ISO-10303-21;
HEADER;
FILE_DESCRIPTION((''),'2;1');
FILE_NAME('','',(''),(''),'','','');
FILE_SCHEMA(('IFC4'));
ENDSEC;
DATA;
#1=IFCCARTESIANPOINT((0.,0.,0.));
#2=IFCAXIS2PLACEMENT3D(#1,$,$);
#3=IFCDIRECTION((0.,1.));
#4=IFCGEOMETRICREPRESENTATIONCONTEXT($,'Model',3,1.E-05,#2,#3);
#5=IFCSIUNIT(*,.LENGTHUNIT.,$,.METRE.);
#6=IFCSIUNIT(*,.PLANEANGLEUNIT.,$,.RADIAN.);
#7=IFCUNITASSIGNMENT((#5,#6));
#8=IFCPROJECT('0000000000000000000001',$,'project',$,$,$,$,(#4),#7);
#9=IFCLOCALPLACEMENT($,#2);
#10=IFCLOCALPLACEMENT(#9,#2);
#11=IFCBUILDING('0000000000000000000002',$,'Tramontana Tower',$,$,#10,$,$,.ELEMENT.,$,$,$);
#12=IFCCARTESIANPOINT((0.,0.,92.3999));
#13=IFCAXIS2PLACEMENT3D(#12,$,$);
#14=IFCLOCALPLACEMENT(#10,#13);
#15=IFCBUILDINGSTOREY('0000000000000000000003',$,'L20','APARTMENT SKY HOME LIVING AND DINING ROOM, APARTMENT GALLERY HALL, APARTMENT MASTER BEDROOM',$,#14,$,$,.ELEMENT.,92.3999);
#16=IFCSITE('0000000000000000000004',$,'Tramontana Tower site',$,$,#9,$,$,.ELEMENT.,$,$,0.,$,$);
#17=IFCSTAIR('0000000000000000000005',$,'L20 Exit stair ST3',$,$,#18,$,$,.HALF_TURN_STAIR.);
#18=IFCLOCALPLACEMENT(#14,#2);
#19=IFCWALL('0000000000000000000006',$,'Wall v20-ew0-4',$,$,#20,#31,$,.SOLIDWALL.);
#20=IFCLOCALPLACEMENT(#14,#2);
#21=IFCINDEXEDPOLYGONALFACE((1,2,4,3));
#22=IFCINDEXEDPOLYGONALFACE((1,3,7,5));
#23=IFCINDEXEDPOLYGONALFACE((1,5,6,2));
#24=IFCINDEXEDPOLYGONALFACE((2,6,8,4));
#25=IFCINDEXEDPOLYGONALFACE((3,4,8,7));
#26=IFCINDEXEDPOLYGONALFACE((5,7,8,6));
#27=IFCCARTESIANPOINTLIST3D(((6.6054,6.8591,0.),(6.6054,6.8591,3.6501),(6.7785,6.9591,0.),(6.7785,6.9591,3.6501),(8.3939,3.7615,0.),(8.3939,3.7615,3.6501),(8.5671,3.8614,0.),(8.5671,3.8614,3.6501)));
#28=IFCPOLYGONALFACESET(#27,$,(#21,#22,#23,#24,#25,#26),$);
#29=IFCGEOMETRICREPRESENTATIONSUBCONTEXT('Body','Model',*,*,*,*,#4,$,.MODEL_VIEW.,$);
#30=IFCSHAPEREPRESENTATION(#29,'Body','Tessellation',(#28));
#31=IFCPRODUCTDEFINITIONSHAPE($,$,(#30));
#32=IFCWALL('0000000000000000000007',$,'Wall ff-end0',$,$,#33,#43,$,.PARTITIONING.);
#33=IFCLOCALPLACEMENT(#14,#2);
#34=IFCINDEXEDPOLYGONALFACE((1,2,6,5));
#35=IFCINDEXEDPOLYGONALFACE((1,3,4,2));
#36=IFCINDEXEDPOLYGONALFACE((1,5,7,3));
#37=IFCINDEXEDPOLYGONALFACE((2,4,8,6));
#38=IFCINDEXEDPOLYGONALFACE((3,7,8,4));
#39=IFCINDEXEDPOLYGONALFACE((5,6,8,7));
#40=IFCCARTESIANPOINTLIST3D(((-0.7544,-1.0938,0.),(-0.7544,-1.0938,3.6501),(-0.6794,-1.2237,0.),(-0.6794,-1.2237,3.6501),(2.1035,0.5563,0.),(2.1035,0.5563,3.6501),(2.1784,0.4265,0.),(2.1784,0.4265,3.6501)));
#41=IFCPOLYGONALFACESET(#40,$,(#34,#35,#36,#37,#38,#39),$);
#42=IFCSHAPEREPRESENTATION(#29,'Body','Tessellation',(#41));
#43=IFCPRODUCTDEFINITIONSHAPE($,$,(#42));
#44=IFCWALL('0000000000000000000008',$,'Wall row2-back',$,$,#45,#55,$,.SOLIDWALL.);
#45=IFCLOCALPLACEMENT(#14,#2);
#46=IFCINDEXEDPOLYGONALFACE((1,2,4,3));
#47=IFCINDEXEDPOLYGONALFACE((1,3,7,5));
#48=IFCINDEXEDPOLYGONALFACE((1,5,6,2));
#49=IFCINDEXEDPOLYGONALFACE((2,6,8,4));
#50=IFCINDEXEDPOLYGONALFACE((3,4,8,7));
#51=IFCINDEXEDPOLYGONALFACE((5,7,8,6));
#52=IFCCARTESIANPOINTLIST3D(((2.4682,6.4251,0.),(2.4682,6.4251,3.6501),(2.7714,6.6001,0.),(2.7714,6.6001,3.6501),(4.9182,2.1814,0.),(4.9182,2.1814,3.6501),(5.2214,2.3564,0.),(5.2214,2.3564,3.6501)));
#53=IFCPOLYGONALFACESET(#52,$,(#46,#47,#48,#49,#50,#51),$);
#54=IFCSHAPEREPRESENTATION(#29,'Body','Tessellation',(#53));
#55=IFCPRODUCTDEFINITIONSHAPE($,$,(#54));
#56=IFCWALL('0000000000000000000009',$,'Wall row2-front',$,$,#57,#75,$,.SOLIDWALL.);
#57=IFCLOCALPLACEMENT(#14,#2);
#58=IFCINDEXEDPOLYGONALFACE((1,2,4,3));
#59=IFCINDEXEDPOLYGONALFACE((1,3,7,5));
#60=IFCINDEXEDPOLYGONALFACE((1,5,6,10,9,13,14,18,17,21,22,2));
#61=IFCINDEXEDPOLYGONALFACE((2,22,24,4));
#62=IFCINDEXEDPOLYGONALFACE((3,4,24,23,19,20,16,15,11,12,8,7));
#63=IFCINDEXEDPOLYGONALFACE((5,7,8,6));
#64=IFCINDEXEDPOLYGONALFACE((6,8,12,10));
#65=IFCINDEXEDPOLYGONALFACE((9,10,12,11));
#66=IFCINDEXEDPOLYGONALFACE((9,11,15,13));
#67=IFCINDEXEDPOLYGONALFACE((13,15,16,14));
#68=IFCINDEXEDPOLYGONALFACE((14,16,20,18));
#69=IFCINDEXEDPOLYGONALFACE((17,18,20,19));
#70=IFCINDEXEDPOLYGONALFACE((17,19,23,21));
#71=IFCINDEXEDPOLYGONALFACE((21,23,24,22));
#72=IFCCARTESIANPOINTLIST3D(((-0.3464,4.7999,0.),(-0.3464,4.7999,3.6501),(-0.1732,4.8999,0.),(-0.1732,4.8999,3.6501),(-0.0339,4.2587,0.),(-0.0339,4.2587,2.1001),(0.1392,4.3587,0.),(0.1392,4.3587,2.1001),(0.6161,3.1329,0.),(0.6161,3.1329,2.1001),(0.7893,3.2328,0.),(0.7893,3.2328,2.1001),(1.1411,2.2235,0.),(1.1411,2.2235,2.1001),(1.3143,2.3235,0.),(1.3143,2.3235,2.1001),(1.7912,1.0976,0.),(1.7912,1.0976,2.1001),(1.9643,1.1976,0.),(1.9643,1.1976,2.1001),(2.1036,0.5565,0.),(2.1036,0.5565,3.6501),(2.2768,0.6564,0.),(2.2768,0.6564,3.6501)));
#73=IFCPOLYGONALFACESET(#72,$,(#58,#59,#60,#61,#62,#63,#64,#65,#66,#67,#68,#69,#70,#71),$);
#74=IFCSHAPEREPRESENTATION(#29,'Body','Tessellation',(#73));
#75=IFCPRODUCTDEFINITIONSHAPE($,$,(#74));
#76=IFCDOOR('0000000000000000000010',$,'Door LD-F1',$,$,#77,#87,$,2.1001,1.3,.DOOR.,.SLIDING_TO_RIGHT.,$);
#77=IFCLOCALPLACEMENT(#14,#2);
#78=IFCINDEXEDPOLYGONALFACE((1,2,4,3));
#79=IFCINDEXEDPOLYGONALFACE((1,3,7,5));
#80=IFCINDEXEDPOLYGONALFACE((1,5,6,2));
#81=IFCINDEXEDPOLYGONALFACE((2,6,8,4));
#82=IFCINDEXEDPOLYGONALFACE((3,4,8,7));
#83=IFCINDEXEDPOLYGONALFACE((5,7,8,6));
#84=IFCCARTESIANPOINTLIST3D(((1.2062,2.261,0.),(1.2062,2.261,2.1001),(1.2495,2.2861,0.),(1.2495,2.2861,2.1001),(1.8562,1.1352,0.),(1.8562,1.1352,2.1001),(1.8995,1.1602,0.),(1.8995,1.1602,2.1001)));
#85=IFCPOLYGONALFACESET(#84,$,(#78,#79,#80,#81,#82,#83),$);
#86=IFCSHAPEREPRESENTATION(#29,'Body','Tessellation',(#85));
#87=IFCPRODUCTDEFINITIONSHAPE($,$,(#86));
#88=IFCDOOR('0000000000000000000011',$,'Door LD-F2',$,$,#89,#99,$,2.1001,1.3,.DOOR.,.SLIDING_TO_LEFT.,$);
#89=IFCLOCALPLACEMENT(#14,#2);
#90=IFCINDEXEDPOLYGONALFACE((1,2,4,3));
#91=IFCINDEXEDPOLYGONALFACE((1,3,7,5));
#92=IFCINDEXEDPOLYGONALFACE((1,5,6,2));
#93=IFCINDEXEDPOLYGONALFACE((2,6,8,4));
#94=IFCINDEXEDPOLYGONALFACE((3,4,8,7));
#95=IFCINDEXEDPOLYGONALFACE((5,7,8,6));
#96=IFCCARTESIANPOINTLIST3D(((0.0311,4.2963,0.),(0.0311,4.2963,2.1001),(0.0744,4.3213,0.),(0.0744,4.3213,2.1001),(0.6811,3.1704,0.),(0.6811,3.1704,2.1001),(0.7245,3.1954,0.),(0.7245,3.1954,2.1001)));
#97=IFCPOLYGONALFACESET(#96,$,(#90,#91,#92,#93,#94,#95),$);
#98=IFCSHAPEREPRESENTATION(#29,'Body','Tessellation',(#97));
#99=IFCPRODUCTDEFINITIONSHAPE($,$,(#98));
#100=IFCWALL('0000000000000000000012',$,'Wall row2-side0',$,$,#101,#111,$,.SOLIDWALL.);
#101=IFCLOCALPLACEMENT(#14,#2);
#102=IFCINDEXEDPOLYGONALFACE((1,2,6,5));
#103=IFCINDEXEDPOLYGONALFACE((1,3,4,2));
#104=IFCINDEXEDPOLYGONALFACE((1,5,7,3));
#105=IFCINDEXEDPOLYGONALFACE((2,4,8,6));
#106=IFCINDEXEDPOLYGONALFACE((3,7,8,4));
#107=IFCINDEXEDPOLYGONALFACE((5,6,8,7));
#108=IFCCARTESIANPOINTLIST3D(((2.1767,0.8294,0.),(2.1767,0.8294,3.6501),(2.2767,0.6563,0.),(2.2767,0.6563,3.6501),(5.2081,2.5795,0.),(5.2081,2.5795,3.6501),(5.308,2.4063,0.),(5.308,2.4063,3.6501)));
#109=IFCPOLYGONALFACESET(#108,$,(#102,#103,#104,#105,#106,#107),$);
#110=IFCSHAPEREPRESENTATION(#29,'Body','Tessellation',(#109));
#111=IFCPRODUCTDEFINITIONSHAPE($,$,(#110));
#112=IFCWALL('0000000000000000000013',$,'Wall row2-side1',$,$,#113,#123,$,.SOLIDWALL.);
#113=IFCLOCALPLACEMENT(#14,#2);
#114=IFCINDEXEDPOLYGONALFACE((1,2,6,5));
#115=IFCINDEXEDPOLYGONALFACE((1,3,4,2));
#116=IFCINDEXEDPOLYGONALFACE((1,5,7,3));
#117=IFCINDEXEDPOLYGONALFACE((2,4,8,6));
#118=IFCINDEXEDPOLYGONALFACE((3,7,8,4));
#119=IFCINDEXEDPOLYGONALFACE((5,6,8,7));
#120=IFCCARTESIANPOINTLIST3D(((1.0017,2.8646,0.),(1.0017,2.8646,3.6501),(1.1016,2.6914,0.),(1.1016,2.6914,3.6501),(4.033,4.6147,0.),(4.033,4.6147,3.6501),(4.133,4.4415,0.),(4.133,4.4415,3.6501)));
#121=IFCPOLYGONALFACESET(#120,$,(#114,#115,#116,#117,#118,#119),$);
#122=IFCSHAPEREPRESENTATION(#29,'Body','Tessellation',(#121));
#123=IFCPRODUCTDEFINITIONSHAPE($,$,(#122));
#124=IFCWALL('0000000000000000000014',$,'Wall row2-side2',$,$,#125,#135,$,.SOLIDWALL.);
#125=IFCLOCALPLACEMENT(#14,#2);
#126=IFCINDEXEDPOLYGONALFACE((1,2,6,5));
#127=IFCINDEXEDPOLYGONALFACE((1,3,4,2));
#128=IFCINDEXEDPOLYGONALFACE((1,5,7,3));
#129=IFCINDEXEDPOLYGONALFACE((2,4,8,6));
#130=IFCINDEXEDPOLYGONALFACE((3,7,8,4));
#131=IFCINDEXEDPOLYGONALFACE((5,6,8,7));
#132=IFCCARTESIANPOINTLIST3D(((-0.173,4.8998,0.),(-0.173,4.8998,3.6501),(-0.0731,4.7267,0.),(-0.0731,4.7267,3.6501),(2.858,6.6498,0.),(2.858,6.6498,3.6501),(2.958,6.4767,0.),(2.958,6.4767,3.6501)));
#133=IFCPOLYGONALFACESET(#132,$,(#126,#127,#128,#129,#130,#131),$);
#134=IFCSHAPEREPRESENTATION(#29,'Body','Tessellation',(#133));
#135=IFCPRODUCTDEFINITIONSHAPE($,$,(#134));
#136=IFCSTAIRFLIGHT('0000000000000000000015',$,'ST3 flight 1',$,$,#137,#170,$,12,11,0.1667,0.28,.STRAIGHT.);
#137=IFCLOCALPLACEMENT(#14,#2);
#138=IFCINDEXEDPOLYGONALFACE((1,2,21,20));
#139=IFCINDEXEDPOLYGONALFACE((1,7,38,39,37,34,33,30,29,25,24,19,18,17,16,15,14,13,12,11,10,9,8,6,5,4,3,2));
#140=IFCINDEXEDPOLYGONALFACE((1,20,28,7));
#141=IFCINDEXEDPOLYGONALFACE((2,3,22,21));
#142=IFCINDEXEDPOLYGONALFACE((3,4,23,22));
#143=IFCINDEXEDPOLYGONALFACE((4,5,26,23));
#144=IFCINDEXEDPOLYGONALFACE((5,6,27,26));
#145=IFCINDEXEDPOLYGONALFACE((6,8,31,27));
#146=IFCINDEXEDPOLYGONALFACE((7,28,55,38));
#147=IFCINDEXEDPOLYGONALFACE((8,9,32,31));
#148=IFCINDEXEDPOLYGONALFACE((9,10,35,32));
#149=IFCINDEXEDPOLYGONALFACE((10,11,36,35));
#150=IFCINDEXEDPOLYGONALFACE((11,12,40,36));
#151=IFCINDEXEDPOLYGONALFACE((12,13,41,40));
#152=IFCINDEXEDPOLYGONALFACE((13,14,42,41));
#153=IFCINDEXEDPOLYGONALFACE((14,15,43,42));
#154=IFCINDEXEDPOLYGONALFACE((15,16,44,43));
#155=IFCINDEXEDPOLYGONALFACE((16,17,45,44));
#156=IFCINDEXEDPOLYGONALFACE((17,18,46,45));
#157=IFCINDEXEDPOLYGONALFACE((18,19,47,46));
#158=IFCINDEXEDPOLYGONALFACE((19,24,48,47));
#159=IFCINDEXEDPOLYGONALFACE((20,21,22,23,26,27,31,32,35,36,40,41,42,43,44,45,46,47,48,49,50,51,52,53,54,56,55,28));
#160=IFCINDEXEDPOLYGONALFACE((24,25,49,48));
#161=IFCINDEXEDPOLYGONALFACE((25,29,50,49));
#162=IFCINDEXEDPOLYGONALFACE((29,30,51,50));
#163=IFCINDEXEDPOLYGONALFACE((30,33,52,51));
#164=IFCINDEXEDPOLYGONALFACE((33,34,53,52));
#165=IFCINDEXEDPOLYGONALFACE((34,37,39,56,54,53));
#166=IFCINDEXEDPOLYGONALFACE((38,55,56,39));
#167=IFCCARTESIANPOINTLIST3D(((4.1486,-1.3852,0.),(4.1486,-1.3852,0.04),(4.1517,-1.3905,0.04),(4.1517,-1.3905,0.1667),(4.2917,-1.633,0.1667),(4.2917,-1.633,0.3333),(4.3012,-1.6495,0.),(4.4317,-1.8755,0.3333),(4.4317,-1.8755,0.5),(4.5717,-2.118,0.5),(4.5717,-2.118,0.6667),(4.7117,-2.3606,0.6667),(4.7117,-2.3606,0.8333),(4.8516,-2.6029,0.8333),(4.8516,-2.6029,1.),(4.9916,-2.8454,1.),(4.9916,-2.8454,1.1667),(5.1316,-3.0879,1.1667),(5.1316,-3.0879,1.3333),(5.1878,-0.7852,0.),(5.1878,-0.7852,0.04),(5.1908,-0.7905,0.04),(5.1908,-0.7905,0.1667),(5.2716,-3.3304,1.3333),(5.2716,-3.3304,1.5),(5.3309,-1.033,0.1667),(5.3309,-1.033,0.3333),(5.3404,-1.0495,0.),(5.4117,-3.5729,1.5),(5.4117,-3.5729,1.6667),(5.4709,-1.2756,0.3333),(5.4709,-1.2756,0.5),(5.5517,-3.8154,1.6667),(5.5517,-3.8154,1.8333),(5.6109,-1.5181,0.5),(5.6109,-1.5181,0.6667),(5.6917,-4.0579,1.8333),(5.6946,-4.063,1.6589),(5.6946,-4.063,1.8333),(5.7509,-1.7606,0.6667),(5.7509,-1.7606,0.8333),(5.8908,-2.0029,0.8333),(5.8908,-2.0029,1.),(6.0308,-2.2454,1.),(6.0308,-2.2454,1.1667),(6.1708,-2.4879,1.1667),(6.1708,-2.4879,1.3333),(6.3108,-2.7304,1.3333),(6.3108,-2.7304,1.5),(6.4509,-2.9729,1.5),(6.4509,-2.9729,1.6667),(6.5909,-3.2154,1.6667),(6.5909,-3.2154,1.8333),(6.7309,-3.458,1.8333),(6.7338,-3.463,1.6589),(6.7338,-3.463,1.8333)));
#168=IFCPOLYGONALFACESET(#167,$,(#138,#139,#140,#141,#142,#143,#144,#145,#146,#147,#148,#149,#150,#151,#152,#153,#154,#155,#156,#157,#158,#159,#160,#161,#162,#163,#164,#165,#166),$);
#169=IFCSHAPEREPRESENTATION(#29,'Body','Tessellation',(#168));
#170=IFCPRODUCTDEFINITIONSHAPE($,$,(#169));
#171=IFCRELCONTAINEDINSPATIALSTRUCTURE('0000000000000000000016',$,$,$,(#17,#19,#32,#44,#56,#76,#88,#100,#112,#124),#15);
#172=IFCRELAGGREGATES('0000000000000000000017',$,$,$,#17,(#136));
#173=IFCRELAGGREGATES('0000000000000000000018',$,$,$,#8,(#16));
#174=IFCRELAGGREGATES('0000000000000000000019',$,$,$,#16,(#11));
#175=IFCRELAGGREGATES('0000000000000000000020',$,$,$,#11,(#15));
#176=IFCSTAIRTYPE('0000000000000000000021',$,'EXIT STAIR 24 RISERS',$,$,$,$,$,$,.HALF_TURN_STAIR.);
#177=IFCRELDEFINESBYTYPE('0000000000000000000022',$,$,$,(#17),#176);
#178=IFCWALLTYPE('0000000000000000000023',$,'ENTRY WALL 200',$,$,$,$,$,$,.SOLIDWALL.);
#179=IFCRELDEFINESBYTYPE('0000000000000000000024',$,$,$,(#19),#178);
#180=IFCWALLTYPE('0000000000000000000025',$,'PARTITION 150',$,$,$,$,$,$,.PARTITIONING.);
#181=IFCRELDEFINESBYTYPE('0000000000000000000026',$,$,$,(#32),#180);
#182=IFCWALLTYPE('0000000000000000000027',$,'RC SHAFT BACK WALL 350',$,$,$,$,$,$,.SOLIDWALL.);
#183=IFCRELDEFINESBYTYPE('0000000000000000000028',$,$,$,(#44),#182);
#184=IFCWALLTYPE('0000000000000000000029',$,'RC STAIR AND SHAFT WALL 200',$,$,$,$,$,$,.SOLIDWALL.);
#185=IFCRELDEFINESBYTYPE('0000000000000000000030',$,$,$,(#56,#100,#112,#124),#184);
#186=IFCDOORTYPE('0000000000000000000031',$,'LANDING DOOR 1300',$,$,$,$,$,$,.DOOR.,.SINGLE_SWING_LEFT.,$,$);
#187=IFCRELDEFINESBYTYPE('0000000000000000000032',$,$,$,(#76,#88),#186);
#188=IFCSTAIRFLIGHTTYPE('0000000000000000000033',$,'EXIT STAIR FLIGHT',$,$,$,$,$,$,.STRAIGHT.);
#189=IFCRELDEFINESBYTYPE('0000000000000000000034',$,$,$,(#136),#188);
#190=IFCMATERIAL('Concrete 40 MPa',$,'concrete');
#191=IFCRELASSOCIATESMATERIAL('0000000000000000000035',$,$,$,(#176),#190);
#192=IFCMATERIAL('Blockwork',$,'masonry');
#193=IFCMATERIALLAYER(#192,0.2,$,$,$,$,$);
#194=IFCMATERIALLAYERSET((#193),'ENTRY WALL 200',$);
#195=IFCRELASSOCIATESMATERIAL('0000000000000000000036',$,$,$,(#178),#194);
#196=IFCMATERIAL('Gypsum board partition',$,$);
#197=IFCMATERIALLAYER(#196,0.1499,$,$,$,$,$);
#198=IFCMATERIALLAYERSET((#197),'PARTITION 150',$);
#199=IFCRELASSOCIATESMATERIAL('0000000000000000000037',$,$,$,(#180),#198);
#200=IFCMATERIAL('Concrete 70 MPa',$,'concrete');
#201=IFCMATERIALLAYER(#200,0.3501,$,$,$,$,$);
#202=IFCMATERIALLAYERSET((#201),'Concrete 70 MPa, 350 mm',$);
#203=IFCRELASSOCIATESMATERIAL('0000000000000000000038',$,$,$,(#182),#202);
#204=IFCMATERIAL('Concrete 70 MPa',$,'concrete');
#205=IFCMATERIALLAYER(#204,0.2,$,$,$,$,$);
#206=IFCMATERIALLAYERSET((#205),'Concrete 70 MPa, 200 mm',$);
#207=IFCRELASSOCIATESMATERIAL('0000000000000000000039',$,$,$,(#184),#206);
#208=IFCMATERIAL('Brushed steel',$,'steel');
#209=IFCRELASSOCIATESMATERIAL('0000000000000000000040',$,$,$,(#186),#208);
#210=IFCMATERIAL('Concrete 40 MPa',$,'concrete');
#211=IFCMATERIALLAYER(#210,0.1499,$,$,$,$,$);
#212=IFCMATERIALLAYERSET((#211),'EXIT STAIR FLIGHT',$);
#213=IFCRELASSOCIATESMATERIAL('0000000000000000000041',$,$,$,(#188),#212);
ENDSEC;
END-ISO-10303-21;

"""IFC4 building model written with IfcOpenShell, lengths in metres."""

from ifc_helpers import new_model, si_unit, direction, frame, frame_2d, origin, place, context, subcontext, project, spatial, polyline, rectangle, outline, extrude, material, layer, layer_set, type_object, element, fill, aggregate, save


model = new_model("IFC4")

# Units and contexts
model_context = context("Model", 3, precision=1e-05, world=origin(), true_north=direction((0.0, 1.0)))
body_context = subcontext(model_context, "Body", "Model", "MODEL_VIEW")
ifc_project = project(units=[si_unit("LENGTHUNIT", "METRE"), si_unit("PLANEANGLEUNIT", "RADIAN")], contexts=[model_context])

# Site, building, storey
site_placement = place(None, origin())
site = spatial("IfcSite", under=ifc_project, at=site_placement, Name="Tramontana Tower site", CompositionType="ELEMENT", RefElevation=0.0)
building_placement = place(site_placement, origin())
building = spatial("IfcBuilding", under=site, at=building_placement, Name="Tramontana Tower", CompositionType="ELEMENT")
storey_placement = place(building_placement, frame((0.0, 0.0, 92.3999)))
storey = spatial("IfcBuildingStorey", under=building, at=storey_placement, Name="L20", Description="APARTMENT SKY HOME LIVING AND DINING ROOM, APARTMENT GALLERY HALL, APARTMENT MASTER BEDROOM", CompositionType="ELEMENT", Elevation=92.3999)

# Stair
ifc_material_1 = material(Name="Concrete 40 MPa", Category="concrete")
stair_type = type_object("IfcStairType", Name="EXIT STAIR 24 RISERS", PredefinedType="HALF_TURN_STAIR", material=ifc_material_1)
stair_1_placement = place(storey_placement, origin())
stair_1 = element("IfcStair", 1, at=stair_1_placement, inside=storey, type_object=stair_type, Name="L20 Exit stair ST3", PredefinedType="HALF_TURN_STAIR")

# Wall
ifc_material_2 = material(Name="Blockwork", Category="masonry")
ifc_layer_1 = layer(ifc_material_2, 0.2)
ifc_layer_set_1 = layer_set([ifc_layer_1], Name="ENTRY WALL 200")
wall_type_1 = type_object("IfcWallType", Name="ENTRY WALL 200", PredefinedType="SOLIDWALL", material=ifc_layer_set_1)
wall_1_placement = place(storey_placement, frame((6.6919, 6.9092, 0.0), z_axis=(0.0, 0.0, 1.0), x_axis=(0.50003, -0.866008, 0.0)))
element("IfcWall", 2, at=wall_1_placement, inside=storey, type_object=wall_type_1, Name="Wall v20-ew0-4", PredefinedType="SOLIDWALL", context=body_context, shape_type="SweptSolid", body=[
    extrude(rectangle(XDim=3.5769, YDim=0.2, at=frame_2d((1.7886, 0.0))), origin(), (0.0, 0.0, 1.0), 3.6501),
])

# Shared definitions
ifc_material_3 = material(Name="Gypsum board partition")
ifc_layer_2 = layer(ifc_material_3, 0.1499)
ifc_layer_set_2 = layer_set([ifc_layer_2], Name="PARTITION 150")
wall_type_2 = type_object("IfcWallType", Name="PARTITION 150", PredefinedType="PARTITIONING", material=ifc_layer_set_2)

# Walls
wall_2_placement = place(storey_placement, frame((-0.7168, -1.1587, 0.0), z_axis=(0.0, 0.0, 1.0), x_axis=(0.866008, 0.50003, 0.0)))
element("IfcWall", 3, at=wall_2_placement, inside=storey, type_object=wall_type_2, Name="Wall ff-end0", PredefinedType="PARTITIONING", context=body_context, shape_type="SweptSolid", body=[
    extrude(rectangle(XDim=3.3, YDim=0.1499, at=frame_2d((1.6499, 0.0))), origin(), (0.0, 0.0, 1.0), 3.6501),
])
ifc_material_4 = material(Name="Concrete 70 MPa", Category="concrete")
ifc_layer_3 = layer(ifc_material_4, 0.3501)
ifc_layer_set_3 = layer_set([ifc_layer_3], Name="Concrete 70 MPa, 350 mm")
wall_type_3 = type_object("IfcWallType", Name="RC SHAFT BACK WALL 350", PredefinedType="SOLIDWALL", material=ifc_layer_set_3)
wall_3_placement = place(storey_placement, frame((5.0698, 2.2688, 0.0), z_axis=(0.0, 0.0, 1.0), x_axis=(-0.499981, 0.866036, 0.0)))
element("IfcWall", 4, at=wall_3_placement, inside=storey, type_object=wall_type_3, Name="Wall row2-back", PredefinedType="SOLIDWALL", context=body_context, shape_type="SweptSolid", body=[
    extrude(rectangle(XDim=4.9001, YDim=0.3501, at=frame_2d((2.4502, 0.0))), origin(), (0.0, 0.0, 1.0), 3.6501),
])

# Shared definitions
ifc_material_5 = material(Name="Concrete 70 MPa", Category="concrete")
ifc_layer_4 = layer(ifc_material_5, 0.2)
ifc_layer_set_4 = layer_set([ifc_layer_4], Name="Concrete 70 MPa, 200 mm")
wall_type_4 = type_object("IfcWallType", Name="RC STAIR AND SHAFT WALL 200", PredefinedType="SOLIDWALL", material=ifc_layer_set_4)

# Wall, openings, doors
wall_4_placement = place(storey_placement, frame((2.1902, 0.6064, 0.0), z_axis=(0.0, 0.0, 1.0), x_axis=(-0.500003, 0.866024, 0.0)))
wall_4 = element("IfcWall", 5, at=wall_4_placement, inside=storey, type_object=wall_type_4, Name="Wall row2-front", PredefinedType="SOLIDWALL", context=body_context, shape_type="SweptSolid", body=[
    extrude(rectangle(XDim=4.8999, YDim=0.2, at=frame_2d((2.45, 0.0))), origin(), (0.0, 0.0, 1.0), 3.6501),
])
opening_1_placement = place(wall_4_placement, frame((0.625, 0.0, 0.0)))
opening_1 = element("IfcOpeningElement", 6, at=opening_1_placement, cuts=wall_4, PredefinedType="OPENING", context=body_context, shape_type="SweptSolid", body=[
    extrude(rectangle(XDim=1.3, YDim=2.1001, at=frame_2d((0.6499, 1.05))), frame((0.0, 0.1099, 0.0), z_axis=(0.0, -1.0, 0.0), x_axis=(1.0, 0.0, 0.0)), (0.0, 0.0, 1.0), 0.22),
])
opening_2_placement = place(wall_4_placement, frame((2.9751, 0.0, 0.0)))
opening_2 = element("IfcOpeningElement", 7, at=opening_2_placement, cuts=wall_4, PredefinedType="OPENING", context=body_context, shape_type="SweptSolid", body=[
    extrude(rectangle(XDim=1.3, YDim=2.1001, at=frame_2d((0.6499, 1.05))), frame((0.0, 0.1099, 0.0), z_axis=(0.0, -1.0, 0.0), x_axis=(1.0, 0.0, 0.0)), (0.0, 0.0, 1.0), 0.22),
])
ifc_material_6 = material(Name="Brushed steel", Category="steel")
door_type_1 = type_object("IfcDoorType", Name="LANDING DOOR 1300", OperationType="SINGLE_SWING_LEFT", PredefinedType="DOOR", material=ifc_material_6)
door_1_placement = place(opening_1_placement, origin())
door_1 = element("IfcDoor", 8, at=door_1_placement, inside=storey, type_object=door_type_1, Name="Door LD-F1", OperationType="SLIDING_TO_RIGHT", OverallHeight=2.1001, OverallWidth=1.3, PredefinedType="DOOR", context=body_context, shape_type="SweptSolid", body=[
    extrude(rectangle(XDim=1.3, YDim=2.1001, at=frame_2d((0.6499, 1.05))), frame((0.0, 0.0249, 0.0), z_axis=(0.0, -1.0, 0.0), x_axis=(1.0, 0.0, 0.0)), (0.0, 0.0, 1.0), 0.05),
])
fill(opening_1, door_1)
door_2_placement = place(opening_2_placement, origin())
door_2 = element("IfcDoor", 9, at=door_2_placement, inside=storey, type_object=door_type_1, Name="Door LD-F2", OperationType="SLIDING_TO_LEFT", OverallHeight=2.1001, OverallWidth=1.3, PredefinedType="DOOR", context=body_context, shape_type="SweptSolid", body=[
    extrude(rectangle(XDim=1.3, YDim=2.1001, at=frame_2d((0.6499, 1.05))), frame((0.0, 0.0249, 0.0), z_axis=(0.0, -1.0, 0.0), x_axis=(1.0, 0.0, 0.0)), (0.0, 0.0, 1.0), 0.05),
])
fill(opening_2, door_2)

# Walls
for number, where, z_axis, x_axis, name in (
    (10, (2.2268, 0.7429, 0.0), (0.0, 0.0, 1.0), (0.866037, 0.49998, 0.0), "Wall row2-side0"),
    (11, (1.0518, 2.7781, 0.0), (0.0, 0.0, 1.0), (0.866037, 0.49998, 0.0), "Wall row2-side1"),
):
    element("IfcWall", number, at=place(storey_placement, frame(where, z_axis=z_axis, x_axis=x_axis)), inside=storey, type_object=wall_type_4, Name=name, PredefinedType="SOLIDWALL", context=body_context, shape_type="SweptSolid", body=[
        extrude(rectangle(XDim=3.5002, YDim=0.2, at=frame_2d((1.75, 0.0))), origin(), (0.0, 0.0, 1.0), 3.6501),
    ])
wall_5_placement = place(storey_placement, frame((-0.123, 4.8132, 0.0), z_axis=(0.0, 0.0, 1.0), x_axis=(0.866019, 0.50001, 0.0)))
element("IfcWall", 12, at=wall_5_placement, inside=storey, type_object=wall_type_4, Name="Wall row2-side2", PredefinedType="SOLIDWALL", context=body_context, shape_type="SweptSolid", body=[
    extrude(rectangle(XDim=3.5, YDim=0.2, at=frame_2d((1.75, 0.0))), origin(), (0.0, 0.0, 1.0), 3.6501),
])

# Stair flight
ifc_material_7 = material(Name="Concrete 40 MPa", Category="concrete")
ifc_layer_5 = layer(ifc_material_7, 0.1499)
ifc_layer_set_5 = layer_set([ifc_layer_5], Name="EXIT STAIR FLIGHT")
stair_flight_type = type_object("IfcStairFlightType", Name="EXIT STAIR FLIGHT", PredefinedType="STRAIGHT", material=ifc_layer_set_5)
stair_flight_placement = place(storey_placement, frame((4.6711, -1.0906, 0.0), z_axis=(0.0, 0.0, 1.0), x_axis=(0.5, -0.866025, 0.0)))
stair_flight = element("IfcStairFlight", 13, at=stair_flight_placement, type_object=stair_flight_type, Name="ST3 flight 1", NumberOfRisers=12, NumberOfTreads=11, PredefinedType="STRAIGHT", RiserHeight=0.1667, TreadLength=0.28, context=body_context, shape_type="SweptSolid", body=[
    extrude(outline(polyline([(-0.0061, 0.0), (-0.0061, 0.04), (0.0, 0.04), (0.0, 0.1667), (0.28, 0.1667), (0.28, 0.3333), (0.5601, 0.3333), (0.5601, 0.5), (0.8401, 0.5), (0.8401, 0.6667), (1.1201, 0.6667), (1.1201, 0.8333), (1.3999, 0.8333), (1.3999, 1.0), (1.6799, 1.0), (1.6799, 1.1667), (1.96, 1.1667), (1.96, 1.3333), (2.24, 1.3333), (2.24, 1.5), (2.52, 1.5), (2.52, 1.6667), (2.8, 1.6667), (2.8, 1.8333), (3.0801, 1.8333), (3.0859, 1.8333), (3.0859, 1.6589), (0.2991, 0.0), (-0.0061, 0.0)])), frame((0.0, 0.6001, 0.0), z_axis=(0.0, -1.0, 0.0), x_axis=(1.0, 0.0, 0.0)), (0.0, 0.0, 1.0), 1.2),
])
aggregate(stair_1, [stair_flight])

save(model, "model.ifc")
